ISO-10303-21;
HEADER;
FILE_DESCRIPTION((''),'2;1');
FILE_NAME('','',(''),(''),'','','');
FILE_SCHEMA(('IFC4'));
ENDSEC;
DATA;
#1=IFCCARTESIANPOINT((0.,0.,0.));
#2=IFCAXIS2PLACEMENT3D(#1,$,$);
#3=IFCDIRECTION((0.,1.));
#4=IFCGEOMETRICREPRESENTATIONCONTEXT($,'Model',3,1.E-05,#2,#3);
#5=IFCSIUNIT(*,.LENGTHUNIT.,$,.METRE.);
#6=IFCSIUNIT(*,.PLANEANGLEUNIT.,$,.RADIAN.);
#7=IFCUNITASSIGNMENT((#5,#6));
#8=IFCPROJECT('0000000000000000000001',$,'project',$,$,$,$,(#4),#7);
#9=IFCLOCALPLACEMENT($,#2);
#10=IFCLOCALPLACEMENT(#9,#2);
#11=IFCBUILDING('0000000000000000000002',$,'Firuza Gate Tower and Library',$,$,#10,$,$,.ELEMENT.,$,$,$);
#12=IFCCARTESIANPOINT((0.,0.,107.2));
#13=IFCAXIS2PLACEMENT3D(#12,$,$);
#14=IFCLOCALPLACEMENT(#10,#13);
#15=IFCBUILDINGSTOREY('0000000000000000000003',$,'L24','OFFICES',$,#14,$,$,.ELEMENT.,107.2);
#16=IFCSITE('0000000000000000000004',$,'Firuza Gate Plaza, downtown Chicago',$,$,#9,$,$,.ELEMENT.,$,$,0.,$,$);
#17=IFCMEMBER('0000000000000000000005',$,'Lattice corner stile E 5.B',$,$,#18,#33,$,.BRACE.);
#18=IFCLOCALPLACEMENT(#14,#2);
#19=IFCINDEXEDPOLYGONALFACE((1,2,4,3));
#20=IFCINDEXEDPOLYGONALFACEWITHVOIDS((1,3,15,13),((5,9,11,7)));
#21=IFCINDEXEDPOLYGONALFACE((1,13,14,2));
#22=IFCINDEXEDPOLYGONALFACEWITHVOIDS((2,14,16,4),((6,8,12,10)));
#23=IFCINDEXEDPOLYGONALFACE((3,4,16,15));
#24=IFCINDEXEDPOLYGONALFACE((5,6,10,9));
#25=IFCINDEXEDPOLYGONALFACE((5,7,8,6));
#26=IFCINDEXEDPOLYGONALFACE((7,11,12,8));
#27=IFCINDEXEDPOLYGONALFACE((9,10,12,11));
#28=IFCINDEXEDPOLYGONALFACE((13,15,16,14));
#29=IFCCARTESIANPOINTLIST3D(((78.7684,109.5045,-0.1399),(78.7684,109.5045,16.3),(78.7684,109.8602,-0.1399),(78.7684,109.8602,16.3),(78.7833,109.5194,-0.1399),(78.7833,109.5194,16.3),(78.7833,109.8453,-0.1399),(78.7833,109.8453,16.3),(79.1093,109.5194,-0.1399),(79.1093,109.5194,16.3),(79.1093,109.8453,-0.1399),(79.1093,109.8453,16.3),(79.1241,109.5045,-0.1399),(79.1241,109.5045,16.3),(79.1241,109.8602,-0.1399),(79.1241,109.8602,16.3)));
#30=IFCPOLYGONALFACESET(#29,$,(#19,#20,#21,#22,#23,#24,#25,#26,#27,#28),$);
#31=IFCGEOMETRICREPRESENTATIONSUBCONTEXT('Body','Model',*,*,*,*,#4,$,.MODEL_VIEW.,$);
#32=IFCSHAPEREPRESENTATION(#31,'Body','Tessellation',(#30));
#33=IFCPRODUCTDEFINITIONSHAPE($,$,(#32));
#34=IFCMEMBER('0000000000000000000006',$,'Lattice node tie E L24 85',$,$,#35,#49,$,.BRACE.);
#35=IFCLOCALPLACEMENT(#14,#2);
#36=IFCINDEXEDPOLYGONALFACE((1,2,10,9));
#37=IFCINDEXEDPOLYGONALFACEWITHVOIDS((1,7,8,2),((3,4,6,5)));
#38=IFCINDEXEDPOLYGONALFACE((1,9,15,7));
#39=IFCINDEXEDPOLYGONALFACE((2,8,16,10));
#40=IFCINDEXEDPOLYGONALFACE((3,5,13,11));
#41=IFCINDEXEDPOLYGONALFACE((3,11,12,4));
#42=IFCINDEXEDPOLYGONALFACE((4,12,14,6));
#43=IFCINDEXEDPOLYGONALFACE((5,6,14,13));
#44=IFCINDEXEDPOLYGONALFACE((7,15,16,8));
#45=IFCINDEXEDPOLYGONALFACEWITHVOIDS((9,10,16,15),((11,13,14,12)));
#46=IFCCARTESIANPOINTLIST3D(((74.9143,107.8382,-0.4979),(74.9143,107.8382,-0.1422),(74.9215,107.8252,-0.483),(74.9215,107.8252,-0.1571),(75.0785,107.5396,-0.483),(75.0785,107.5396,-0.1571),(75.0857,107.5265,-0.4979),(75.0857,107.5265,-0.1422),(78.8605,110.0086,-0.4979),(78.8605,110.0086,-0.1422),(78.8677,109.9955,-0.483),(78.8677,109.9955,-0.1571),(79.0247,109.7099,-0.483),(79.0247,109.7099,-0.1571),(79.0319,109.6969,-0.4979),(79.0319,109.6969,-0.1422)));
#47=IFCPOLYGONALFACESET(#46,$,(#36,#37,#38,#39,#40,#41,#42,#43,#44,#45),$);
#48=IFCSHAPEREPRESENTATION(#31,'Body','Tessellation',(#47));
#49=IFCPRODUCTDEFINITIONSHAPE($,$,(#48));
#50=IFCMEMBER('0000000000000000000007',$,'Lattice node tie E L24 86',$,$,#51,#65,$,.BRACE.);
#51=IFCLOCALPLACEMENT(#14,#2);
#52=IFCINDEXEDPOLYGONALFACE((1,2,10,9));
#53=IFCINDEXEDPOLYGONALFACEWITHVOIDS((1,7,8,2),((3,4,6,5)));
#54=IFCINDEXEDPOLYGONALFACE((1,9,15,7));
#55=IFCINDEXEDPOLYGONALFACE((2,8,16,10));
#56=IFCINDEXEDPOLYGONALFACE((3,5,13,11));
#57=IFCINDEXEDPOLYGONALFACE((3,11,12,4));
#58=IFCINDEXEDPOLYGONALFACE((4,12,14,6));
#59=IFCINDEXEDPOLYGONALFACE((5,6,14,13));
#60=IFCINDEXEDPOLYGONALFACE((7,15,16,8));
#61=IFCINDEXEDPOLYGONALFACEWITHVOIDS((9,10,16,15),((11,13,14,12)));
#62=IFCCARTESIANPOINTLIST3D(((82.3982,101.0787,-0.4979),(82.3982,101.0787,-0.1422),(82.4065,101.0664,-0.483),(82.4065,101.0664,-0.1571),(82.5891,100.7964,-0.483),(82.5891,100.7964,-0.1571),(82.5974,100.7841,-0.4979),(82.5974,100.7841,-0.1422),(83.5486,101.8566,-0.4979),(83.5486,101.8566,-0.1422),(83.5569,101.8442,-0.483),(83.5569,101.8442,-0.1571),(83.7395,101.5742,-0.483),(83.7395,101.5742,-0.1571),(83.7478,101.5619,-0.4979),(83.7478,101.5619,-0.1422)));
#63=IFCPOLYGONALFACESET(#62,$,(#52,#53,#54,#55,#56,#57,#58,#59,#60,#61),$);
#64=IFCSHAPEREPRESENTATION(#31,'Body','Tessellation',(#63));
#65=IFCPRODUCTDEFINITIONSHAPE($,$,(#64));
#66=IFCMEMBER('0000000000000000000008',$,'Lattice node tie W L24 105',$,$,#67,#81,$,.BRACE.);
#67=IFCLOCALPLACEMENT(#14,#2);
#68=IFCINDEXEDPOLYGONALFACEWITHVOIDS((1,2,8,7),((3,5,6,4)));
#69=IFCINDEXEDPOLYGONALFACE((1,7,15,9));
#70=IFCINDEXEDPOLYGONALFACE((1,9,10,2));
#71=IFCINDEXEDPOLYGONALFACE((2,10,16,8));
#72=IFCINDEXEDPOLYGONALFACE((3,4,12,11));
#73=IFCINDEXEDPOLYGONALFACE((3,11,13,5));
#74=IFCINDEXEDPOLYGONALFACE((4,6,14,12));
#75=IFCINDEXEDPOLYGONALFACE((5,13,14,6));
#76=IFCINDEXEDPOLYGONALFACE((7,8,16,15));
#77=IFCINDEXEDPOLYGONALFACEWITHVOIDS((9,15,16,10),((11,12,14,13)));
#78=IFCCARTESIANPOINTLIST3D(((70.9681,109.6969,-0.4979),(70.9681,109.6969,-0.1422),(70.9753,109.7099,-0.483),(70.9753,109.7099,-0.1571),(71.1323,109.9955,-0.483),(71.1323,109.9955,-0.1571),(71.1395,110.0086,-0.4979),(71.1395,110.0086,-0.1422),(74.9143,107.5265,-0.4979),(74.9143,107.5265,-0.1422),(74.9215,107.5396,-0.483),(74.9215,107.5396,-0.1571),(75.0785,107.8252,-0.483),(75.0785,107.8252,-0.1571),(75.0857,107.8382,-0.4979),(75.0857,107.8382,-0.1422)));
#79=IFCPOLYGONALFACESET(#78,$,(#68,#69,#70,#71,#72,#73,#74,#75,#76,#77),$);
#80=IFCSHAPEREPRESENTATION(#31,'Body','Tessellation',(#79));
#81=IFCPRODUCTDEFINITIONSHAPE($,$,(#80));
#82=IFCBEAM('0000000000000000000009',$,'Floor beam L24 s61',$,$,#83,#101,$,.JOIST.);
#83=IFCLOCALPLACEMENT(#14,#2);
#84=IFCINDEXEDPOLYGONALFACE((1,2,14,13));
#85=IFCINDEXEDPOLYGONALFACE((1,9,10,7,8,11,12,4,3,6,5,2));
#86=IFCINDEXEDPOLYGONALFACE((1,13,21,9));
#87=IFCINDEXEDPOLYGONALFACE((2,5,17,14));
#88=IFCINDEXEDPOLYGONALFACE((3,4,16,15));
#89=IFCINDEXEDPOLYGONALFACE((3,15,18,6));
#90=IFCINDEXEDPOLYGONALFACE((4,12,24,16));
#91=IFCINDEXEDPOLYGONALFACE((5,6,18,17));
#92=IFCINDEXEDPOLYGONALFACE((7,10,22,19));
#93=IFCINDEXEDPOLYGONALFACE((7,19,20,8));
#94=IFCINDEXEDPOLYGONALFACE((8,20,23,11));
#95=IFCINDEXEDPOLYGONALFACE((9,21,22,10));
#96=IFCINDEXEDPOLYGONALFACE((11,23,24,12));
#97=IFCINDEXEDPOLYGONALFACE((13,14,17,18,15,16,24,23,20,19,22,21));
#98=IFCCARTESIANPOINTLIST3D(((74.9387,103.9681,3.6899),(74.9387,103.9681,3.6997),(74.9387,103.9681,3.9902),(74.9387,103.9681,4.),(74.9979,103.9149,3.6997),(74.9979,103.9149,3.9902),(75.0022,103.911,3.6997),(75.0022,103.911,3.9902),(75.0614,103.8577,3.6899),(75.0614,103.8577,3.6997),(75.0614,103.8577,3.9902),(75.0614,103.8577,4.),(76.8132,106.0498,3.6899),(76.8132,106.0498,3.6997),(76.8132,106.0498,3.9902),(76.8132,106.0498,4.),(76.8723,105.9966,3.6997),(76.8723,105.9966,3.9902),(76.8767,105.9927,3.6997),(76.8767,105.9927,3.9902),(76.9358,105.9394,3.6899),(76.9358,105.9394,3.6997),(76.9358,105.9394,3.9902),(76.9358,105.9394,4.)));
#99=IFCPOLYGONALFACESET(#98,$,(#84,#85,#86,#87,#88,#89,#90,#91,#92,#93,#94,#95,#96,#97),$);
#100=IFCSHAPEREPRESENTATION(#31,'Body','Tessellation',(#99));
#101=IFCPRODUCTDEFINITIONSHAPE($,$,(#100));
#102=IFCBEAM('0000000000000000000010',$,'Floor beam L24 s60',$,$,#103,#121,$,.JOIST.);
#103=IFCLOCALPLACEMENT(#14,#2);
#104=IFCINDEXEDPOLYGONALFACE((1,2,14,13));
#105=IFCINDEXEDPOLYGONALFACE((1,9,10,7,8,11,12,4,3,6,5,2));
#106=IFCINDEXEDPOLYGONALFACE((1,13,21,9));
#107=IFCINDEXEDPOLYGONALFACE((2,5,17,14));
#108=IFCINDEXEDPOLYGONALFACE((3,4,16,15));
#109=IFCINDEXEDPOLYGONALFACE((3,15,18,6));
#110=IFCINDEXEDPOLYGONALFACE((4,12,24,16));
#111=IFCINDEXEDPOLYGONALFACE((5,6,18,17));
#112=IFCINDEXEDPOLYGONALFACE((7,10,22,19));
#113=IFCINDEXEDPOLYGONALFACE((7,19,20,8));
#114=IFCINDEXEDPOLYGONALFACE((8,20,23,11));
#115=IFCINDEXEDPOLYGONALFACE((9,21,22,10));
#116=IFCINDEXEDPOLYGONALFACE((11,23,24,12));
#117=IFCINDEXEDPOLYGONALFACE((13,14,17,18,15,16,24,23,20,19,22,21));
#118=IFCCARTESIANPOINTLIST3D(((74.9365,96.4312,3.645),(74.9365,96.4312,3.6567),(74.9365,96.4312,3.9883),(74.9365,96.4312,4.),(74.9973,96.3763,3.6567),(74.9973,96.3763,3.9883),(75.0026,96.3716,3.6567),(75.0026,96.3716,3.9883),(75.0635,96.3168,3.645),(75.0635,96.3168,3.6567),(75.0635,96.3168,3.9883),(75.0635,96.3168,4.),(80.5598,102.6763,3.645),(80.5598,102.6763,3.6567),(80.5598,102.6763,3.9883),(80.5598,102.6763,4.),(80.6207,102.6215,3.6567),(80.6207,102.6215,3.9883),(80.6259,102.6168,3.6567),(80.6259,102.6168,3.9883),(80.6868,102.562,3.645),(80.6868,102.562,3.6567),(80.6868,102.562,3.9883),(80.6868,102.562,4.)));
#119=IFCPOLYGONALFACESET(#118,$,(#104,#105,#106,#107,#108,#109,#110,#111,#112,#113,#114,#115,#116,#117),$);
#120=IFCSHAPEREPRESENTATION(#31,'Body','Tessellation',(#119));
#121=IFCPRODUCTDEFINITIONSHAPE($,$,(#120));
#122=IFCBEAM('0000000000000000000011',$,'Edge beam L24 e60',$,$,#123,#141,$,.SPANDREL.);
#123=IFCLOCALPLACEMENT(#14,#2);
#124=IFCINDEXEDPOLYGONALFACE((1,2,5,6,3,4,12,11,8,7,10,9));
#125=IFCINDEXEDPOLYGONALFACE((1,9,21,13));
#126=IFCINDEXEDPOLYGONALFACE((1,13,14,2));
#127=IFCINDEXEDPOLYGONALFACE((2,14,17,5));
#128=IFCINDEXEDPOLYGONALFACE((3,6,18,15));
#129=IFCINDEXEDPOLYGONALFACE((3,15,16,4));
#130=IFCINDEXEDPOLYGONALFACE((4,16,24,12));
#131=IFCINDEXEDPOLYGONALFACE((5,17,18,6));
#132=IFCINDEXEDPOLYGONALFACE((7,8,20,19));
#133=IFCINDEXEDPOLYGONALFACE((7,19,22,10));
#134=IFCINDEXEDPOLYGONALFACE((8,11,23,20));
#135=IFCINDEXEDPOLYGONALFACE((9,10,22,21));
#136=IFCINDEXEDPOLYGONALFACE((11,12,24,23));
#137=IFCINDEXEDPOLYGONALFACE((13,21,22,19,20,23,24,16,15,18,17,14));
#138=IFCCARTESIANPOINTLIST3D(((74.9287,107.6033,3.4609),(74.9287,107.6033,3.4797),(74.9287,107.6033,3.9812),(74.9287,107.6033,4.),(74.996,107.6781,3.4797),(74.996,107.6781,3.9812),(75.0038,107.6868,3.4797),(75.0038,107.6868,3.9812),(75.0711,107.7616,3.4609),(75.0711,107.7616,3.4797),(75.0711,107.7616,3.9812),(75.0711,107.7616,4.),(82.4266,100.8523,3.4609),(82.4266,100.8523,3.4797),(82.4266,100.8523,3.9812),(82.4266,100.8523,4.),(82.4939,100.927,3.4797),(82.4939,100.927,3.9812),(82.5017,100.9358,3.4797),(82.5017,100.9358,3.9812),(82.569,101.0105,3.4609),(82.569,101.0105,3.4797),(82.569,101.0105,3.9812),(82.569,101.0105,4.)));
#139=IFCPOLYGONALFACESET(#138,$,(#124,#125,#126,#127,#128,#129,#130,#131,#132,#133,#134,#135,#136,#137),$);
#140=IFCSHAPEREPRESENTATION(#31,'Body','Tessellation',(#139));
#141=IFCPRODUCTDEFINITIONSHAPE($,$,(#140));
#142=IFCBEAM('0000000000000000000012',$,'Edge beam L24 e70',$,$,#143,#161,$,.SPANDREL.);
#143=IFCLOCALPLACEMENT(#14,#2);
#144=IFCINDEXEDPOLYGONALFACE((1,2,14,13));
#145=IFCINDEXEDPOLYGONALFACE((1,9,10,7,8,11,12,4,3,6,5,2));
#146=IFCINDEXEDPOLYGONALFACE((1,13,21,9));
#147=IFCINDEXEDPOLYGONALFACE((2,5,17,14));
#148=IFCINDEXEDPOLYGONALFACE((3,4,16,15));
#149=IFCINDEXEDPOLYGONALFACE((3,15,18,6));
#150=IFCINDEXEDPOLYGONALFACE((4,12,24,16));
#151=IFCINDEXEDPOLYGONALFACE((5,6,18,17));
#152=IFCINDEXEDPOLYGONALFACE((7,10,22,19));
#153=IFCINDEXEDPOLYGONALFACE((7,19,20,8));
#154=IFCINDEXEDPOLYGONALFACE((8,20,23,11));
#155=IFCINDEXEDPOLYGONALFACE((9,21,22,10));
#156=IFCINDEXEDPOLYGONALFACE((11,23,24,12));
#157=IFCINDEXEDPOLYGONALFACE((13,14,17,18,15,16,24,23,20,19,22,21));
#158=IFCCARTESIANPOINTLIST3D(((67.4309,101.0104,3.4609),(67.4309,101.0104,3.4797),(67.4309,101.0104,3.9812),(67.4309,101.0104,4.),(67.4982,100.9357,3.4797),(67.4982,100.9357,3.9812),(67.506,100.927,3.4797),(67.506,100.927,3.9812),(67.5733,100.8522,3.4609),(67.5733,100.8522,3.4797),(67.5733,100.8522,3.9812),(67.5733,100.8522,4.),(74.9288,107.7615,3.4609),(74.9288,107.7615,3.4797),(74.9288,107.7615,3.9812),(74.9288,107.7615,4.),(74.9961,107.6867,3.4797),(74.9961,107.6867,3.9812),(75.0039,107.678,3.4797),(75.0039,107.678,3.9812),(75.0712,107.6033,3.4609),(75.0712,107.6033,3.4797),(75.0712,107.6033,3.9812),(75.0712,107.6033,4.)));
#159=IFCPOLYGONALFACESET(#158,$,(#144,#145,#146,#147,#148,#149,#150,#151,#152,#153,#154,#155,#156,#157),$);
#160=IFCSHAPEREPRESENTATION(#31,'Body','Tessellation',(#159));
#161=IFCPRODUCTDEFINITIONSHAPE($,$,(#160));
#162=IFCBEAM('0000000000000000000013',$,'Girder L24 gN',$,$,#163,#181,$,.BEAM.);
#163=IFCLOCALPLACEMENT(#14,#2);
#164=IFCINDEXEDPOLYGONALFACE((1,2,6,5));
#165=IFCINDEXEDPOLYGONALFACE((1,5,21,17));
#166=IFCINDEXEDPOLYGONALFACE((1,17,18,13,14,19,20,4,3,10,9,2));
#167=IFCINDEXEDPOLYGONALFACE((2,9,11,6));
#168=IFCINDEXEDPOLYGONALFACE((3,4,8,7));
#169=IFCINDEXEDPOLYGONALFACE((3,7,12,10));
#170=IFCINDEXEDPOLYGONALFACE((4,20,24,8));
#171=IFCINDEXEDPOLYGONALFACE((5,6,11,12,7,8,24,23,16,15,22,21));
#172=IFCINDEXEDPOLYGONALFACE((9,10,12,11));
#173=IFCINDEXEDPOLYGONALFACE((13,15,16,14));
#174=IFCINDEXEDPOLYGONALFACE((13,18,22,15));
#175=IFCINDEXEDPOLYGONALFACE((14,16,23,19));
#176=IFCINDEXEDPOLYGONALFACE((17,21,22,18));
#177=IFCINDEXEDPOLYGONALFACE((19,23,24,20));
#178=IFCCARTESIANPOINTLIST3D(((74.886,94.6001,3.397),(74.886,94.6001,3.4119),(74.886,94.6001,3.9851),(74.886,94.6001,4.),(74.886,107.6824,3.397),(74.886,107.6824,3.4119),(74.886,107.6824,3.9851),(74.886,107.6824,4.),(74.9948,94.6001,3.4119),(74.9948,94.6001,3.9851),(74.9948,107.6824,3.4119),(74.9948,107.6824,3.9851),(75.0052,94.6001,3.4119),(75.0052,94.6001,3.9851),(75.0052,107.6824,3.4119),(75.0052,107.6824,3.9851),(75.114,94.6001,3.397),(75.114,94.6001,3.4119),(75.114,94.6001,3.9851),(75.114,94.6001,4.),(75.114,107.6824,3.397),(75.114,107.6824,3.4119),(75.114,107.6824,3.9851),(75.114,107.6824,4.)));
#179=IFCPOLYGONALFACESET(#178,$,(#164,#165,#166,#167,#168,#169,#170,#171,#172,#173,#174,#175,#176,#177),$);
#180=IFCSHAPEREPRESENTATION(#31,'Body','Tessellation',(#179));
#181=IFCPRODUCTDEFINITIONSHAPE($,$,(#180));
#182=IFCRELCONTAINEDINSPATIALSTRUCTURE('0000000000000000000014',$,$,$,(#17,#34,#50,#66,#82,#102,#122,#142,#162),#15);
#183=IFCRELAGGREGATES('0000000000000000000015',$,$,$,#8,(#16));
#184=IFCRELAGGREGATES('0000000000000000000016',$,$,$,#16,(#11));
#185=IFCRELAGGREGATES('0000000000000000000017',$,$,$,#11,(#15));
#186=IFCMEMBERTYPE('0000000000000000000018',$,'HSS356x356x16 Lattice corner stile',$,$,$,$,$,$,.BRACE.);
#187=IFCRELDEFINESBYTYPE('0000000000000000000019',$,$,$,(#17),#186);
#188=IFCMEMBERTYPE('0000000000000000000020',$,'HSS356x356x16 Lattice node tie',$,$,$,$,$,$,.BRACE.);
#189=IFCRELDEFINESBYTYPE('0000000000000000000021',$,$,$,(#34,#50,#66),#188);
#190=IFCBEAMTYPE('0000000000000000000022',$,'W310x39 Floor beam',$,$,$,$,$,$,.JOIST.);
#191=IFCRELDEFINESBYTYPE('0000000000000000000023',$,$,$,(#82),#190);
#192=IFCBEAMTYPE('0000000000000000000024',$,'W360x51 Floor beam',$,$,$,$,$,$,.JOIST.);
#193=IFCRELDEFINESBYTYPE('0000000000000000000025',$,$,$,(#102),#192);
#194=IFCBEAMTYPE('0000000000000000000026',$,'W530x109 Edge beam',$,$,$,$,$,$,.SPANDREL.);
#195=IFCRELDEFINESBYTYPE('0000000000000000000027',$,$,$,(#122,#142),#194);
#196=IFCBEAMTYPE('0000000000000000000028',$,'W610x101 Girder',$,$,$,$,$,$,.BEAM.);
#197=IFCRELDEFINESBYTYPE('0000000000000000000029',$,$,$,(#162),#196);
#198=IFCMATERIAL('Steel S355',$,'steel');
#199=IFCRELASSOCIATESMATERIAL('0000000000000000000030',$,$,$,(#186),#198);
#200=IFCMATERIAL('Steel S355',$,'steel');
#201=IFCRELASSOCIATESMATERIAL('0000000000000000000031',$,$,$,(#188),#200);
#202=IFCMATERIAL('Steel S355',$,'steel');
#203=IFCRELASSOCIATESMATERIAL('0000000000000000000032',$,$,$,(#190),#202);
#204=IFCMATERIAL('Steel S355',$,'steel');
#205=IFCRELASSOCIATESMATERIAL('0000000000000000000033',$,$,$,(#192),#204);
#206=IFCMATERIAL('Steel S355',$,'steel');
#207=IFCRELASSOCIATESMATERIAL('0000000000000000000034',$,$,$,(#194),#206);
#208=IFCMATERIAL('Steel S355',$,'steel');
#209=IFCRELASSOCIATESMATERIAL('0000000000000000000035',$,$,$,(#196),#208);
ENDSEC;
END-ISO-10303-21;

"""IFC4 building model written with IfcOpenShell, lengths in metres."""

from ifc_helpers import new_model, si_unit, direction, frame, origin, origin_2d, place, context, subcontext, project, spatial, hollow_rectangle, i_section, extrude, material, material_profile, profile_set, type_object, element, save


model = new_model("IFC4")

# Units and contexts
model_context = context("Model", 3, precision=1e-05, world=origin(), true_north=direction((0.0, 1.0)))
body_context = subcontext(model_context, "Body", "Model", "MODEL_VIEW")
ifc_project = project(units=[si_unit("LENGTHUNIT", "METRE"), si_unit("PLANEANGLEUNIT", "RADIAN")], contexts=[model_context])

# Site, building, storey
site_placement = place(None, origin())
site = spatial("IfcSite", under=ifc_project, at=site_placement, Name="Firuza Gate Plaza, downtown Chicago", CompositionType="ELEMENT", RefElevation=0.0)
building_placement = place(site_placement, origin())
building = spatial("IfcBuilding", under=site, at=building_placement, Name="Firuza Gate Tower and Library", CompositionType="ELEMENT")
storey_placement = place(building_placement, frame((0.0, 0.0, 107.2)))
storey = spatial("IfcBuildingStorey", under=building, at=storey_placement, Name="L24", Description="OFFICES", CompositionType="ELEMENT", Elevation=107.2)

# Members
ifc_material_1 = material(Name="Steel S355", Category="steel")
ifc_material_profile_1 = material_profile(ifc_material_1, hollow_rectangle(XDim=0.3557, YDim=0.3557, WallThickness=0.0149, at=origin_2d()))
ifc_profile_set_1 = profile_set([ifc_material_profile_1], Name="Steel S355")
member_type_1 = type_object("IfcMemberType", Name="HSS356x356x16 Lattice corner stile", PredefinedType="BRACE", material=ifc_profile_set_1)
member_1_placement = place(storey_placement, frame((78.9463, 109.6824, -0.1399), z_axis=(0.0, 0.0, 1.0), x_axis=(1.0, 0.0, 0.0)))
element("IfcMember", 1, at=member_1_placement, inside=storey, type_object=member_type_1, Name="Lattice corner stile E 5.B", PredefinedType="BRACE", context=body_context, shape_type="SweptSolid", body=[
    extrude(hollow_rectangle(XDim=0.3557, YDim=0.3557, WallThickness=0.0149, at=origin_2d()), origin(), (0.0, 0.0, 1.0), 16.4399),
])
ifc_material_2 = material(Name="Steel S355", Category="steel")
ifc_material_profile_2 = material_profile(ifc_material_2, hollow_rectangle(XDim=0.3557, YDim=0.3557, WallThickness=0.0149, at=origin_2d()))
ifc_profile_set_2 = profile_set([ifc_material_profile_2], Name="Steel S355")
member_type_2 = type_object("IfcMemberType", Name="HSS356x356x16 Lattice node tie", PredefinedType="BRACE", material=ifc_profile_set_2)
member_2_placement = place(storey_placement, frame((75.0, 107.6824, -0.3201), z_axis=(0.87622, 0.48191, 0.0), x_axis=(-0.48191, 0.87622, 0.0)))
element("IfcMember", 2, at=member_2_placement, inside=storey, type_object=member_type_2, Name="Lattice node tie E L24 85", PredefinedType="BRACE", context=body_context, shape_type="SweptSolid", body=[
    extrude(hollow_rectangle(XDim=0.3557, YDim=0.3557, WallThickness=0.0149, at=origin_2d()), origin(), (0.0, 0.0, 1.0), 4.5037),
])
member_3_placement = place(storey_placement, frame((82.4978, 100.9314, -0.3201), z_axis=(0.828408, 0.560125, 0.0), x_axis=(-0.560125, 0.828408, 0.0)))
element("IfcMember", 3, at=member_3_placement, inside=storey, type_object=member_type_2, Name="Lattice node tie E L24 86", PredefinedType="BRACE", context=body_context, shape_type="SweptSolid", body=[
    extrude(hollow_rectangle(XDim=0.3557, YDim=0.3557, WallThickness=0.0149, at=origin_2d()), origin(), (0.0, 0.0, 1.0), 1.3887),
])
member_4_placement = place(storey_placement, frame((75.0, 107.6824, -0.3201), z_axis=(-0.87622, 0.48191, 0.0), x_axis=(-0.48191, -0.87622, 0.0)))
element("IfcMember", 4, at=member_4_placement, inside=storey, type_object=member_type_2, Name="Lattice node tie W L24 105", PredefinedType="BRACE", context=body_context, shape_type="SweptSolid", body=[
    extrude(hollow_rectangle(XDim=0.3557, YDim=0.3557, WallThickness=0.0149, at=origin_2d()), origin(), (0.0, 0.0, 1.0), 4.5037),
])

# Beams
ifc_material_3 = material(Name="Steel S355", Category="steel")
ifc_material_profile_3 = material_profile(ifc_material_3, i_section(OverallWidth=0.165, OverallDepth=0.3101, WebThickness=0.0059, FlangeThickness=0.0098, at=origin_2d()))
ifc_profile_set_3 = profile_set([ifc_material_profile_3], Name="Steel S355")
beam_type_1 = type_object("IfcBeamType", Name="W310x39 Floor beam", PredefinedType="JOIST", material=ifc_profile_set_3)
beam_1_placement = place(storey_placement, frame((76.8745, 105.9946, 3.845), z_axis=(-0.669143, -0.743134, 0.0), x_axis=(0.743134, -0.669143, 0.0)))
element("IfcBeam", 5, at=beam_1_placement, inside=storey, type_object=beam_type_1, Name="Floor beam L24 s61", PredefinedType="JOIST", context=body_context, shape_type="SweptSolid", body=[
    extrude(i_section(OverallWidth=0.165, OverallDepth=0.3101, WebThickness=0.0059, FlangeThickness=0.0098, at=origin_2d()), origin(), (0.0, 0.0, 1.0), 2.8013),
])
ifc_material_4 = material(Name="Steel S355", Category="steel")
ifc_material_profile_4 = material_profile(ifc_material_4, i_section(OverallWidth=0.1709, OverallDepth=0.355, WebThickness=0.0071, FlangeThickness=0.0117, at=origin_2d()))
ifc_profile_set_4 = profile_set([ifc_material_profile_4], Name="Steel S355")
beam_type_2 = type_object("IfcBeamType", Name="W360x51 Floor beam", PredefinedType="JOIST", material=ifc_profile_set_4)
beam_2_placement = place(storey_placement, frame((80.6233, 102.6191, 3.8225), z_axis=(-0.669141, -0.743135, 0.0), x_axis=(0.743135, -0.669141, 0.0)))
element("IfcBeam", 6, at=beam_2_placement, inside=storey, type_object=beam_type_2, Name="Floor beam L24 s60", PredefinedType="JOIST", context=body_context, shape_type="SweptSolid", body=[
    extrude(i_section(OverallWidth=0.1709, OverallDepth=0.355, WebThickness=0.0071, FlangeThickness=0.0117, at=origin_2d()), origin(), (0.0, 0.0, 1.0), 8.4038),
])
ifc_material_5 = material(Name="Steel S355", Category="steel")
ifc_material_profile_5 = material_profile(ifc_material_5, i_section(OverallWidth=0.2129, OverallDepth=0.5391, WebThickness=0.0117, FlangeThickness=0.0188, at=origin_2d()))
ifc_profile_set_5 = profile_set([ifc_material_profile_5], Name="Steel S355")
beam_type_3 = type_object("IfcBeamType", Name="W530x109 Edge beam", PredefinedType="SPANDREL", material=ifc_profile_set_5)
for number, where, z_axis, x_axis, name in (
    (7, (82.4978, 100.9314, 3.7305), (-0.743149, 0.669126, 0.0), (-0.669126, -0.743149, 0.0), "Edge beam L24 e60"),
    (8, (75.0, 107.6824, 3.7305), (-0.743149, -0.669126, 0.0), (0.669126, -0.743149, 0.0), "Edge beam L24 e70"),
):
    element("IfcBeam", number, at=place(storey_placement, frame(where, z_axis=z_axis, x_axis=x_axis)), inside=storey, type_object=beam_type_3, Name=name, PredefinedType="SPANDREL", context=body_context, shape_type="SweptSolid", body=[
        extrude(i_section(OverallWidth=0.2129, OverallDepth=0.5391, WebThickness=0.0117, FlangeThickness=0.0188, at=origin_2d()), origin(), (0.0, 0.0, 1.0), 10.0894),
    ])
ifc_material_6 = material(Name="Steel S355", Category="steel")
ifc_material_profile_6 = material_profile(ifc_material_6, i_section(OverallWidth=0.228, OverallDepth=0.603, WebThickness=0.0105, FlangeThickness=0.0149, at=origin_2d()))
ifc_profile_set_6 = profile_set([ifc_material_profile_6], Name="Steel S355")
beam_type_4 = type_object("IfcBeamType", Name="W610x101 Girder", PredefinedType="BEAM", material=ifc_profile_set_6)
beam_3_placement = place(storey_placement, frame((75.0, 107.6824, 3.6985), z_axis=(0.0, -1.0, 0.0), x_axis=(1.0, 0.0, 0.0)))
element("IfcBeam", 9, at=beam_3_placement, inside=storey, type_object=beam_type_4, Name="Girder L24 gN", PredefinedType="BEAM", context=body_context, shape_type="SweptSolid", body=[
    extrude(i_section(OverallWidth=0.228, OverallDepth=0.603, WebThickness=0.0105, FlangeThickness=0.0149, at=origin_2d()), origin(), (0.0, 0.0, 1.0), 13.0823),
])

save(model, "model.ifc")
